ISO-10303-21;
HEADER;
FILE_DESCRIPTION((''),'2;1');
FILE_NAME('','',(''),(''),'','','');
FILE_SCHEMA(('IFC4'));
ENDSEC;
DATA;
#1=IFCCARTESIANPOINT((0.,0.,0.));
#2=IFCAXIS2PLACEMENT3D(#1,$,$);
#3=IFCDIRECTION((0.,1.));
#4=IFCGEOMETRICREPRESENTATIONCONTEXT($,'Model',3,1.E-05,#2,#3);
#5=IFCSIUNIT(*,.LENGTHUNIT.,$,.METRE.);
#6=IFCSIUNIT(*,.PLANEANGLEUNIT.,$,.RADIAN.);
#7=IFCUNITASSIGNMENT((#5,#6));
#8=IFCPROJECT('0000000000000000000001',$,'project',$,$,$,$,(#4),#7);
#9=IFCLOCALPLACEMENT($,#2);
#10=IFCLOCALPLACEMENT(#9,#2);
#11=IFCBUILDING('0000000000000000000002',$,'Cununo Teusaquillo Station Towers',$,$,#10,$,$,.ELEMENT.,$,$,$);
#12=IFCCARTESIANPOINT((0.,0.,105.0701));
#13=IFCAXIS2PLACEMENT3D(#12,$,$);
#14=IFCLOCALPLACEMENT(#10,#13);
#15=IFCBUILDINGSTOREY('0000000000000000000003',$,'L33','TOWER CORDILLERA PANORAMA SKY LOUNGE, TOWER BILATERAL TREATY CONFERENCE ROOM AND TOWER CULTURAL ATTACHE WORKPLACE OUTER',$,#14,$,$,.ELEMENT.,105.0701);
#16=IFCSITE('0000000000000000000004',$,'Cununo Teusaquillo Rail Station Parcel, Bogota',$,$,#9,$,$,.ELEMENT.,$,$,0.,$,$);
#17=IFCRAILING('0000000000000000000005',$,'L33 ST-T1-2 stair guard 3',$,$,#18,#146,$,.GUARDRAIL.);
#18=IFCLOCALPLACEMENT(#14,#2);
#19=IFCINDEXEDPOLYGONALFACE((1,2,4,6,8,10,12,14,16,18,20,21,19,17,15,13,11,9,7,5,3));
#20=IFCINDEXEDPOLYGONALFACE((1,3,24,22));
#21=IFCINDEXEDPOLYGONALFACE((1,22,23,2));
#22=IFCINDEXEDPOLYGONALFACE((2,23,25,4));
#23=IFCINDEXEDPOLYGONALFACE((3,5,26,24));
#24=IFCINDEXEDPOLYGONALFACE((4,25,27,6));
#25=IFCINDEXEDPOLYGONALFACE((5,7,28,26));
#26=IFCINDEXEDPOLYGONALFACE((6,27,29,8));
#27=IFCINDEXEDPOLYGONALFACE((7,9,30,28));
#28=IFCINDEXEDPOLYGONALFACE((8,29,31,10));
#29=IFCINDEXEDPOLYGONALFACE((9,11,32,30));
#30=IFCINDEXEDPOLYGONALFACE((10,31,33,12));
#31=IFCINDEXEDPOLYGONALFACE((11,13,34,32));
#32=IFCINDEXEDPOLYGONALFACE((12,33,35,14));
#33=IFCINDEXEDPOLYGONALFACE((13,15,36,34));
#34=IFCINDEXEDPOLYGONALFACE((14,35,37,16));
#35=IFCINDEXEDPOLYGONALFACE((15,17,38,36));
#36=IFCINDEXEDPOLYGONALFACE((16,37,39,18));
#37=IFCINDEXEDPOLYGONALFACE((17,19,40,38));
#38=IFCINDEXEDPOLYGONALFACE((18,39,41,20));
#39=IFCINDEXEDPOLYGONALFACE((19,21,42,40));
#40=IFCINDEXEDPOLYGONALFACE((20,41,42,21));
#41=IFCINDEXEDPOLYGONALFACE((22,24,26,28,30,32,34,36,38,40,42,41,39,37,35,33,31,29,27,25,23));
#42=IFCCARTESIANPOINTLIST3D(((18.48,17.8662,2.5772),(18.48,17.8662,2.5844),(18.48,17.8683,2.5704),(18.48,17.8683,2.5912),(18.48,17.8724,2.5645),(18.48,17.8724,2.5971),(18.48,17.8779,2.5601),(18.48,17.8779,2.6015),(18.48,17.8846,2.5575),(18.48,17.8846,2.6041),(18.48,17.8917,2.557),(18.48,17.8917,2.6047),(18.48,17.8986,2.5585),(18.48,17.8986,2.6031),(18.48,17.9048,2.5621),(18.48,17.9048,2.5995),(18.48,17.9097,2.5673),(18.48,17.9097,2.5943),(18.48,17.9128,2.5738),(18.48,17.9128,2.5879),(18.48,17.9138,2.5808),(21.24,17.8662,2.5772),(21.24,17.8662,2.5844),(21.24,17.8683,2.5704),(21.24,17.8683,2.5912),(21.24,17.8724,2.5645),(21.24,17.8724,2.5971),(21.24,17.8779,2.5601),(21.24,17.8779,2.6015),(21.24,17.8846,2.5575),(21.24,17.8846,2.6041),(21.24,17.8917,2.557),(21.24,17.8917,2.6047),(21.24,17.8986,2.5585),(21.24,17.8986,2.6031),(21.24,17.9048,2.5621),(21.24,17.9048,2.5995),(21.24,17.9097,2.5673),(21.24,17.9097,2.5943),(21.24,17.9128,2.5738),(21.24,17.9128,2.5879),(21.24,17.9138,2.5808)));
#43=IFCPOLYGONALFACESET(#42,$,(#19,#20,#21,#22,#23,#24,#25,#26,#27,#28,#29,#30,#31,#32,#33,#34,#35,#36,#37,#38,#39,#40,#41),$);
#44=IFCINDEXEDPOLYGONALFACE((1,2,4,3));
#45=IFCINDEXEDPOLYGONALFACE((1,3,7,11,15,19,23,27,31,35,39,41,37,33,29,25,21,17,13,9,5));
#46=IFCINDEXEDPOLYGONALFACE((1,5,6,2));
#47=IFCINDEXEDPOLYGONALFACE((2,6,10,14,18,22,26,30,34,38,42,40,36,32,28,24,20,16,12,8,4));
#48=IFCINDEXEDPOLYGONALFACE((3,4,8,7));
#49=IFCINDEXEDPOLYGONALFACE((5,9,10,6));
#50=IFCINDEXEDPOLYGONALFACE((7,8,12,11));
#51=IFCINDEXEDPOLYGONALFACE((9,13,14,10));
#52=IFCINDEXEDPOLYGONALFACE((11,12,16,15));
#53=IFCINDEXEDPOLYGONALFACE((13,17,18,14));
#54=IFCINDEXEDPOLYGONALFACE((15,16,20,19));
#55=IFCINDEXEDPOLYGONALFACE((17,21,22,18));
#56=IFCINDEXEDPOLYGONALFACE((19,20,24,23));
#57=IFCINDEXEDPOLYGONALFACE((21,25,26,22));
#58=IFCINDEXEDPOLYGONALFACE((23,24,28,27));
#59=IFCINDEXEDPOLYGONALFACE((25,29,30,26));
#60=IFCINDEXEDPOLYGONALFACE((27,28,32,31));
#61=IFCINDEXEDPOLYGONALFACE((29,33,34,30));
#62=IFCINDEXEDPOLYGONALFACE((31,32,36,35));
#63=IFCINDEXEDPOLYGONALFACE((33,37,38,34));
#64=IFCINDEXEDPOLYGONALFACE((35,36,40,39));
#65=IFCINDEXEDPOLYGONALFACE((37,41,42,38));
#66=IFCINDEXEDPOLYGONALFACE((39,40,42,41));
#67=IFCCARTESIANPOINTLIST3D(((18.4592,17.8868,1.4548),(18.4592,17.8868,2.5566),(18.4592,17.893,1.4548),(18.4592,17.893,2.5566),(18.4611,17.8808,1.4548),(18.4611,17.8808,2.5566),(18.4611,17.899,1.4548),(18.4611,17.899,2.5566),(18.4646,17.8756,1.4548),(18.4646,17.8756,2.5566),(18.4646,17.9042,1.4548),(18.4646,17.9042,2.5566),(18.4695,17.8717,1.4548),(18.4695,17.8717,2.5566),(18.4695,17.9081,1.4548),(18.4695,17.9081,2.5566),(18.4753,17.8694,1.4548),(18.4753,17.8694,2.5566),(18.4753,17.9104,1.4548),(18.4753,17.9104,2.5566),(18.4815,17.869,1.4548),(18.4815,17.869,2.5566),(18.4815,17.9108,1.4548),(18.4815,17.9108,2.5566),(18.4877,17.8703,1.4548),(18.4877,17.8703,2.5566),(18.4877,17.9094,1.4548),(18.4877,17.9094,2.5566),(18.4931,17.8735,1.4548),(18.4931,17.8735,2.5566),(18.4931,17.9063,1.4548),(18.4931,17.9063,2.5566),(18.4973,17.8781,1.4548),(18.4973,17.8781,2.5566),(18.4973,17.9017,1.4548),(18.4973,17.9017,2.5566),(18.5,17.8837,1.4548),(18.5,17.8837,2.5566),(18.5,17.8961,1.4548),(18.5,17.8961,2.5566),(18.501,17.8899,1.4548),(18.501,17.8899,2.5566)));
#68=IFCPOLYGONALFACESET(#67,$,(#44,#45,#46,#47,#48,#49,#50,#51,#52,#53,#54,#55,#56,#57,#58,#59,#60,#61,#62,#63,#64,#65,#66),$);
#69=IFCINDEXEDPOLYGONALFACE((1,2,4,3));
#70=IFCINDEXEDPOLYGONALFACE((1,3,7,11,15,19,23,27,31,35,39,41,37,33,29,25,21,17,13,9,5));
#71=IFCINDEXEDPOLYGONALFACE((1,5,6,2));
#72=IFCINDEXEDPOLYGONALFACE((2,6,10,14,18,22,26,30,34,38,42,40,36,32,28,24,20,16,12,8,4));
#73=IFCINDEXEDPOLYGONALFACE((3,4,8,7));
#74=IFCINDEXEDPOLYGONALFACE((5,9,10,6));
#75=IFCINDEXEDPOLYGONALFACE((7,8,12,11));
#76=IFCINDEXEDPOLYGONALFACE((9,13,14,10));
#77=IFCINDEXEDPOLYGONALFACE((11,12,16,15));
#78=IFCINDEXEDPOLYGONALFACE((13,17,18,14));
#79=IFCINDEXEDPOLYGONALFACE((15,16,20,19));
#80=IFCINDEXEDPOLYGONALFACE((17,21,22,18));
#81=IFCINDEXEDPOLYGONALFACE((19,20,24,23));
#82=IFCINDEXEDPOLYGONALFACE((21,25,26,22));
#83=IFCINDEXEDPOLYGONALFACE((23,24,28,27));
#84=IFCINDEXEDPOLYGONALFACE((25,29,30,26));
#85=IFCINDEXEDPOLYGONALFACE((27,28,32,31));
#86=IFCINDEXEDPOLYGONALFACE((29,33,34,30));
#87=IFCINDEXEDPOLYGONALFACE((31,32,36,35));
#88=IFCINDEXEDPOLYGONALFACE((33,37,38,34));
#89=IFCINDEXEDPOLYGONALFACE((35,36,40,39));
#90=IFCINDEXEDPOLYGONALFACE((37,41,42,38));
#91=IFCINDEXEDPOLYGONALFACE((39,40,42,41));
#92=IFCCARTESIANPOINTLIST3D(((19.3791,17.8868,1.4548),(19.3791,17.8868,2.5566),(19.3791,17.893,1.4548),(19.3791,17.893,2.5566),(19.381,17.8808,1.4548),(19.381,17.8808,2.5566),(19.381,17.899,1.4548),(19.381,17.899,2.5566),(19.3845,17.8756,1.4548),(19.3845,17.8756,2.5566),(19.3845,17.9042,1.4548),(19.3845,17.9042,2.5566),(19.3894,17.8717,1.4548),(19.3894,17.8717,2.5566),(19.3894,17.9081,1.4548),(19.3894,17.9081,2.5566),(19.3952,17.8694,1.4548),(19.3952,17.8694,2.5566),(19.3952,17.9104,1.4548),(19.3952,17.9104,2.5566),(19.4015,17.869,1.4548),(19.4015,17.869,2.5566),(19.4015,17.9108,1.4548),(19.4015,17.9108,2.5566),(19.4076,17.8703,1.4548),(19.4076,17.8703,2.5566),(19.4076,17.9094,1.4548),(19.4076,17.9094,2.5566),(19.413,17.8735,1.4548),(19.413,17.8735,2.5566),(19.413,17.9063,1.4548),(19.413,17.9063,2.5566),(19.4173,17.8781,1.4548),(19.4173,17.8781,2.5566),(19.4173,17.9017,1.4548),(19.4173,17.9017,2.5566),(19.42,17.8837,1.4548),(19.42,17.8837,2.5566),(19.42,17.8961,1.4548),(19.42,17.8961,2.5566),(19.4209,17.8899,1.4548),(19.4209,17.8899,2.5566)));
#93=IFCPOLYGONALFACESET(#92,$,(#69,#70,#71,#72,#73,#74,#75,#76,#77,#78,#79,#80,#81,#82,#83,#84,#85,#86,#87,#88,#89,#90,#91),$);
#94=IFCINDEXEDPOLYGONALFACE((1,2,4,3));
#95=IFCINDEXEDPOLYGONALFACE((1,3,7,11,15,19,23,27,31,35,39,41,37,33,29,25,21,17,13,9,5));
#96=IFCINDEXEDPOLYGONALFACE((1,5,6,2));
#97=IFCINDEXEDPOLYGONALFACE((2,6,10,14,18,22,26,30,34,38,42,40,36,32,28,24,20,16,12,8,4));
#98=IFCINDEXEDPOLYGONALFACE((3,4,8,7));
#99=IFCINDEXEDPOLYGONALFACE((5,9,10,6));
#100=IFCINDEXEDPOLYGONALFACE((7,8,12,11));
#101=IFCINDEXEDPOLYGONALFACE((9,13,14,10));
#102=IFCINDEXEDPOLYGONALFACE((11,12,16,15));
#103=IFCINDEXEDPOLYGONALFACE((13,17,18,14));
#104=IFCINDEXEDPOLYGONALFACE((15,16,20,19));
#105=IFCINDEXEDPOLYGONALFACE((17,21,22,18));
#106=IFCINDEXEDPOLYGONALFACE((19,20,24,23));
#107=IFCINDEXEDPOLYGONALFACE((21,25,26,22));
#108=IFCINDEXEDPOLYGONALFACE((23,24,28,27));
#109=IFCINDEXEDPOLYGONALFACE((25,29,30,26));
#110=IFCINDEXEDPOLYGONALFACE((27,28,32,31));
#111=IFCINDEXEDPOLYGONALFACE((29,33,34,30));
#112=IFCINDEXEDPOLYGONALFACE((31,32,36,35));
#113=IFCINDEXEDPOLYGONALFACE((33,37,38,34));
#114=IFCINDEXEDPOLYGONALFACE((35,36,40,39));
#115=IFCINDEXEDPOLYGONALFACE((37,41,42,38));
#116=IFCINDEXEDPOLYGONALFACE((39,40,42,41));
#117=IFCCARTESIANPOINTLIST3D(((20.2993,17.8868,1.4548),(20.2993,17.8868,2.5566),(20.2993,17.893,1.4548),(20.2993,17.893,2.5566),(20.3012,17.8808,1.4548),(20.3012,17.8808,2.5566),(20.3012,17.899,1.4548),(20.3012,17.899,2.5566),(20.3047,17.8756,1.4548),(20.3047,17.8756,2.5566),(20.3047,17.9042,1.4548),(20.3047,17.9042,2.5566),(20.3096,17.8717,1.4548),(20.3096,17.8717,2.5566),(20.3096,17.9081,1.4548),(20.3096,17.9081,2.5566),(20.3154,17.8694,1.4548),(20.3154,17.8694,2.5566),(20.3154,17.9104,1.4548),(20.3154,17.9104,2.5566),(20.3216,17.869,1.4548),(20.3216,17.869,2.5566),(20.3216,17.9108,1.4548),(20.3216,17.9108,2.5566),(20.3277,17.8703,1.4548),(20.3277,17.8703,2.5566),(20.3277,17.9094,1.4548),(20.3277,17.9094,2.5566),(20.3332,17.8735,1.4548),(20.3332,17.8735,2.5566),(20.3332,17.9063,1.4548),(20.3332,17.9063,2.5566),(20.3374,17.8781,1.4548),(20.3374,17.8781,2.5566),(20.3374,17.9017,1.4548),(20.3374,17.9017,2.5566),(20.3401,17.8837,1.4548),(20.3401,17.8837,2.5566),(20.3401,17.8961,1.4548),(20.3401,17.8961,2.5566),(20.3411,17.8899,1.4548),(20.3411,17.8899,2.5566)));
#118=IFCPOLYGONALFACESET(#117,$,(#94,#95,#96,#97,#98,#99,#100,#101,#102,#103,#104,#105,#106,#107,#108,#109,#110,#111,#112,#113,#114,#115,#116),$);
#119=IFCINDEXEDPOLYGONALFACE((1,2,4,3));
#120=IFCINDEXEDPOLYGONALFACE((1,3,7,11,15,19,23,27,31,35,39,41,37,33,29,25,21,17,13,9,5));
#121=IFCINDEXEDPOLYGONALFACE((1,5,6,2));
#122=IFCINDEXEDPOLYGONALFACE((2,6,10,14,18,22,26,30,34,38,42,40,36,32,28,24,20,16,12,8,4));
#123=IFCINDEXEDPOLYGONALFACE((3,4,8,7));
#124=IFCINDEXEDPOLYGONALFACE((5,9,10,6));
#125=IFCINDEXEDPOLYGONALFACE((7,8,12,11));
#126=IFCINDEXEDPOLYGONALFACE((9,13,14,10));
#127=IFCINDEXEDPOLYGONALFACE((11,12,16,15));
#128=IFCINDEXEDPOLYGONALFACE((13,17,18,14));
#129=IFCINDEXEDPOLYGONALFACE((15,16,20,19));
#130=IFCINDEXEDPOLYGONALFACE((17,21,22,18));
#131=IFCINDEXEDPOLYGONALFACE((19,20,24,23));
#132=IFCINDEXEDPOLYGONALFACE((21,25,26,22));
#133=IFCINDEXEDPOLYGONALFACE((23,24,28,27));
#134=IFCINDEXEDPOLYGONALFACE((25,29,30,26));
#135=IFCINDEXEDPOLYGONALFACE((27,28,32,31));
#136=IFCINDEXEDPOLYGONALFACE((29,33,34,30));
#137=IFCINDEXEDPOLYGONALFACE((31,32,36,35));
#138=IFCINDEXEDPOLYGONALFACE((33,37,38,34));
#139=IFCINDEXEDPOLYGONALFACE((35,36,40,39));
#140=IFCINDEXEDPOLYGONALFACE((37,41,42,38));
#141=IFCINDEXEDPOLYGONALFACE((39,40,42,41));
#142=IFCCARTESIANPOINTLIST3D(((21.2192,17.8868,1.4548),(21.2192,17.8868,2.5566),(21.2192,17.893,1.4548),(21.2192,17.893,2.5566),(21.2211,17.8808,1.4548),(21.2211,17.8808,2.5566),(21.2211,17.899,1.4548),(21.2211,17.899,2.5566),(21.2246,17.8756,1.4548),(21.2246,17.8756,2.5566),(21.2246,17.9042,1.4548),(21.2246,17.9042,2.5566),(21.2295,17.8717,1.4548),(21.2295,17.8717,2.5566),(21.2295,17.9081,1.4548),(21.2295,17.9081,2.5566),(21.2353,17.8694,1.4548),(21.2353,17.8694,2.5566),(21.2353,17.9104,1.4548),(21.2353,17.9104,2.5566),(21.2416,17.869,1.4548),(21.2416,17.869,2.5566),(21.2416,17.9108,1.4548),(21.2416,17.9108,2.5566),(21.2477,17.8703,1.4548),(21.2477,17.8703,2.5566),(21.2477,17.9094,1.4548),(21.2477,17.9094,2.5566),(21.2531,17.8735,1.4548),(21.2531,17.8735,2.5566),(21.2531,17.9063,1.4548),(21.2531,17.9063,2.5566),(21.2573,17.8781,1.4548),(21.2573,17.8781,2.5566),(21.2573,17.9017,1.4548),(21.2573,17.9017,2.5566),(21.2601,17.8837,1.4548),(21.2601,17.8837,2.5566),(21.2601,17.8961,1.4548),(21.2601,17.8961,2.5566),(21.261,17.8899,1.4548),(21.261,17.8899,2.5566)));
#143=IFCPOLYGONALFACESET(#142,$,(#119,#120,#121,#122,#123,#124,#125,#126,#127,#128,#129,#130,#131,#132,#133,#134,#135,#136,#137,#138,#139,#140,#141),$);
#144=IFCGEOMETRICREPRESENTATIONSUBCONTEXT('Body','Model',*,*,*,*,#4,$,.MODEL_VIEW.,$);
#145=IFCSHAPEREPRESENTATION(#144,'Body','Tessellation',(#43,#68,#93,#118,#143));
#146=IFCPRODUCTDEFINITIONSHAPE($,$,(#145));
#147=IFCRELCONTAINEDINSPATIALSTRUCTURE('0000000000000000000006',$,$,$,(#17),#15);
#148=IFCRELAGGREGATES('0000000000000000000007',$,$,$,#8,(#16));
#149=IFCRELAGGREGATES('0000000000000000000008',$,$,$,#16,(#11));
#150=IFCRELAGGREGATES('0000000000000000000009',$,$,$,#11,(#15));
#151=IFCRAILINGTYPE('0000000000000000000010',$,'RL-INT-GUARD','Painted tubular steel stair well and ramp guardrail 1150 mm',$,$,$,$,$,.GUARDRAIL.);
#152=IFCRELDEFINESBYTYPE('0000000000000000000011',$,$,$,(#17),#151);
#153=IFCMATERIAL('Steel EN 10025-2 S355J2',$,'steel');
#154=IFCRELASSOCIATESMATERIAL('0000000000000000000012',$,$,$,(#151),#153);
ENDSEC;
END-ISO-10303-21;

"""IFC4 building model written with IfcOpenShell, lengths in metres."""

from ifc_helpers import new_model, si_unit, direction, frame, origin, origin_2d, place, context, subcontext, project, spatial, circle, extrude, material, type_object, element, save


model = new_model("IFC4")

# Units and contexts
model_context = context("Model", 3, precision=1e-05, world=origin(), true_north=direction((0.0, 1.0)))
body_context = subcontext(model_context, "Body", "Model", "MODEL_VIEW")
ifc_project = project(units=[si_unit("LENGTHUNIT", "METRE"), si_unit("PLANEANGLEUNIT", "RADIAN")], contexts=[model_context])

# Site, building, storey
site_placement = place(None, origin())
site = spatial("IfcSite", under=ifc_project, at=site_placement, Name="Cununo Teusaquillo Rail Station Parcel, Bogota", CompositionType="ELEMENT", RefElevation=0.0)
building_placement = place(site_placement, origin())
building = spatial("IfcBuilding", under=site, at=building_placement, Name="Cununo Teusaquillo Station Towers", CompositionType="ELEMENT")
storey_placement = place(building_placement, frame((0.0, 0.0, 105.0701)))
storey = spatial("IfcBuildingStorey", under=building, at=storey_placement, Name="L33", Description="TOWER CORDILLERA PANORAMA SKY LOUNGE, TOWER BILATERAL TREATY CONFERENCE ROOM AND TOWER CULTURAL ATTACHE WORKPLACE OUTER", CompositionType="ELEMENT", Elevation=105.0701)

# Railing
ifc_material_1 = material(Name="Steel EN 10025-2 S355J2", Category="steel")
railing_type_1 = type_object("IfcRailingType", Name="RL-INT-GUARD", Description="Painted tubular steel stair well and ramp guardrail 1150 mm", PredefinedType="GUARDRAIL", material=ifc_material_1)
railing_1_placement = place(storey_placement, frame((18.48, 17.8899, 1.4548)))
element("IfcRailing", 1, at=railing_1_placement, inside=storey, type_object=railing_type_1, Name="L33 ST-T1-2 stair guard 3", PredefinedType="GUARDRAIL", context=body_context, shape_type="SweptSolid", body=[
    extrude(circle(Radius=0.0239, at=origin_2d()), frame((0.0, 0.0, 1.126), z_axis=(1.0, 0.0, 0.0), x_axis=(0.0, 1.0, 0.0)), (0.0, 0.0, 1.0), 2.76),
    extrude(circle(Radius=0.021, at=origin_2d()), origin(), (0.0, 0.0, 1.0), 1.1018),
    extrude(circle(Radius=0.021, at=origin_2d()), frame((0.9199, 0.0, 0.0)), (0.0, 0.0, 1.0), 1.1018),
    extrude(circle(Radius=0.021, at=origin_2d()), frame((1.8401, 0.0, 0.0)), (0.0, 0.0, 1.0), 1.1018),
    extrude(circle(Radius=0.021, at=origin_2d()), frame((2.76, 0.0, 0.0)), (0.0, 0.0, 1.0), 1.1018),
])

save(model, "model.ifc")
